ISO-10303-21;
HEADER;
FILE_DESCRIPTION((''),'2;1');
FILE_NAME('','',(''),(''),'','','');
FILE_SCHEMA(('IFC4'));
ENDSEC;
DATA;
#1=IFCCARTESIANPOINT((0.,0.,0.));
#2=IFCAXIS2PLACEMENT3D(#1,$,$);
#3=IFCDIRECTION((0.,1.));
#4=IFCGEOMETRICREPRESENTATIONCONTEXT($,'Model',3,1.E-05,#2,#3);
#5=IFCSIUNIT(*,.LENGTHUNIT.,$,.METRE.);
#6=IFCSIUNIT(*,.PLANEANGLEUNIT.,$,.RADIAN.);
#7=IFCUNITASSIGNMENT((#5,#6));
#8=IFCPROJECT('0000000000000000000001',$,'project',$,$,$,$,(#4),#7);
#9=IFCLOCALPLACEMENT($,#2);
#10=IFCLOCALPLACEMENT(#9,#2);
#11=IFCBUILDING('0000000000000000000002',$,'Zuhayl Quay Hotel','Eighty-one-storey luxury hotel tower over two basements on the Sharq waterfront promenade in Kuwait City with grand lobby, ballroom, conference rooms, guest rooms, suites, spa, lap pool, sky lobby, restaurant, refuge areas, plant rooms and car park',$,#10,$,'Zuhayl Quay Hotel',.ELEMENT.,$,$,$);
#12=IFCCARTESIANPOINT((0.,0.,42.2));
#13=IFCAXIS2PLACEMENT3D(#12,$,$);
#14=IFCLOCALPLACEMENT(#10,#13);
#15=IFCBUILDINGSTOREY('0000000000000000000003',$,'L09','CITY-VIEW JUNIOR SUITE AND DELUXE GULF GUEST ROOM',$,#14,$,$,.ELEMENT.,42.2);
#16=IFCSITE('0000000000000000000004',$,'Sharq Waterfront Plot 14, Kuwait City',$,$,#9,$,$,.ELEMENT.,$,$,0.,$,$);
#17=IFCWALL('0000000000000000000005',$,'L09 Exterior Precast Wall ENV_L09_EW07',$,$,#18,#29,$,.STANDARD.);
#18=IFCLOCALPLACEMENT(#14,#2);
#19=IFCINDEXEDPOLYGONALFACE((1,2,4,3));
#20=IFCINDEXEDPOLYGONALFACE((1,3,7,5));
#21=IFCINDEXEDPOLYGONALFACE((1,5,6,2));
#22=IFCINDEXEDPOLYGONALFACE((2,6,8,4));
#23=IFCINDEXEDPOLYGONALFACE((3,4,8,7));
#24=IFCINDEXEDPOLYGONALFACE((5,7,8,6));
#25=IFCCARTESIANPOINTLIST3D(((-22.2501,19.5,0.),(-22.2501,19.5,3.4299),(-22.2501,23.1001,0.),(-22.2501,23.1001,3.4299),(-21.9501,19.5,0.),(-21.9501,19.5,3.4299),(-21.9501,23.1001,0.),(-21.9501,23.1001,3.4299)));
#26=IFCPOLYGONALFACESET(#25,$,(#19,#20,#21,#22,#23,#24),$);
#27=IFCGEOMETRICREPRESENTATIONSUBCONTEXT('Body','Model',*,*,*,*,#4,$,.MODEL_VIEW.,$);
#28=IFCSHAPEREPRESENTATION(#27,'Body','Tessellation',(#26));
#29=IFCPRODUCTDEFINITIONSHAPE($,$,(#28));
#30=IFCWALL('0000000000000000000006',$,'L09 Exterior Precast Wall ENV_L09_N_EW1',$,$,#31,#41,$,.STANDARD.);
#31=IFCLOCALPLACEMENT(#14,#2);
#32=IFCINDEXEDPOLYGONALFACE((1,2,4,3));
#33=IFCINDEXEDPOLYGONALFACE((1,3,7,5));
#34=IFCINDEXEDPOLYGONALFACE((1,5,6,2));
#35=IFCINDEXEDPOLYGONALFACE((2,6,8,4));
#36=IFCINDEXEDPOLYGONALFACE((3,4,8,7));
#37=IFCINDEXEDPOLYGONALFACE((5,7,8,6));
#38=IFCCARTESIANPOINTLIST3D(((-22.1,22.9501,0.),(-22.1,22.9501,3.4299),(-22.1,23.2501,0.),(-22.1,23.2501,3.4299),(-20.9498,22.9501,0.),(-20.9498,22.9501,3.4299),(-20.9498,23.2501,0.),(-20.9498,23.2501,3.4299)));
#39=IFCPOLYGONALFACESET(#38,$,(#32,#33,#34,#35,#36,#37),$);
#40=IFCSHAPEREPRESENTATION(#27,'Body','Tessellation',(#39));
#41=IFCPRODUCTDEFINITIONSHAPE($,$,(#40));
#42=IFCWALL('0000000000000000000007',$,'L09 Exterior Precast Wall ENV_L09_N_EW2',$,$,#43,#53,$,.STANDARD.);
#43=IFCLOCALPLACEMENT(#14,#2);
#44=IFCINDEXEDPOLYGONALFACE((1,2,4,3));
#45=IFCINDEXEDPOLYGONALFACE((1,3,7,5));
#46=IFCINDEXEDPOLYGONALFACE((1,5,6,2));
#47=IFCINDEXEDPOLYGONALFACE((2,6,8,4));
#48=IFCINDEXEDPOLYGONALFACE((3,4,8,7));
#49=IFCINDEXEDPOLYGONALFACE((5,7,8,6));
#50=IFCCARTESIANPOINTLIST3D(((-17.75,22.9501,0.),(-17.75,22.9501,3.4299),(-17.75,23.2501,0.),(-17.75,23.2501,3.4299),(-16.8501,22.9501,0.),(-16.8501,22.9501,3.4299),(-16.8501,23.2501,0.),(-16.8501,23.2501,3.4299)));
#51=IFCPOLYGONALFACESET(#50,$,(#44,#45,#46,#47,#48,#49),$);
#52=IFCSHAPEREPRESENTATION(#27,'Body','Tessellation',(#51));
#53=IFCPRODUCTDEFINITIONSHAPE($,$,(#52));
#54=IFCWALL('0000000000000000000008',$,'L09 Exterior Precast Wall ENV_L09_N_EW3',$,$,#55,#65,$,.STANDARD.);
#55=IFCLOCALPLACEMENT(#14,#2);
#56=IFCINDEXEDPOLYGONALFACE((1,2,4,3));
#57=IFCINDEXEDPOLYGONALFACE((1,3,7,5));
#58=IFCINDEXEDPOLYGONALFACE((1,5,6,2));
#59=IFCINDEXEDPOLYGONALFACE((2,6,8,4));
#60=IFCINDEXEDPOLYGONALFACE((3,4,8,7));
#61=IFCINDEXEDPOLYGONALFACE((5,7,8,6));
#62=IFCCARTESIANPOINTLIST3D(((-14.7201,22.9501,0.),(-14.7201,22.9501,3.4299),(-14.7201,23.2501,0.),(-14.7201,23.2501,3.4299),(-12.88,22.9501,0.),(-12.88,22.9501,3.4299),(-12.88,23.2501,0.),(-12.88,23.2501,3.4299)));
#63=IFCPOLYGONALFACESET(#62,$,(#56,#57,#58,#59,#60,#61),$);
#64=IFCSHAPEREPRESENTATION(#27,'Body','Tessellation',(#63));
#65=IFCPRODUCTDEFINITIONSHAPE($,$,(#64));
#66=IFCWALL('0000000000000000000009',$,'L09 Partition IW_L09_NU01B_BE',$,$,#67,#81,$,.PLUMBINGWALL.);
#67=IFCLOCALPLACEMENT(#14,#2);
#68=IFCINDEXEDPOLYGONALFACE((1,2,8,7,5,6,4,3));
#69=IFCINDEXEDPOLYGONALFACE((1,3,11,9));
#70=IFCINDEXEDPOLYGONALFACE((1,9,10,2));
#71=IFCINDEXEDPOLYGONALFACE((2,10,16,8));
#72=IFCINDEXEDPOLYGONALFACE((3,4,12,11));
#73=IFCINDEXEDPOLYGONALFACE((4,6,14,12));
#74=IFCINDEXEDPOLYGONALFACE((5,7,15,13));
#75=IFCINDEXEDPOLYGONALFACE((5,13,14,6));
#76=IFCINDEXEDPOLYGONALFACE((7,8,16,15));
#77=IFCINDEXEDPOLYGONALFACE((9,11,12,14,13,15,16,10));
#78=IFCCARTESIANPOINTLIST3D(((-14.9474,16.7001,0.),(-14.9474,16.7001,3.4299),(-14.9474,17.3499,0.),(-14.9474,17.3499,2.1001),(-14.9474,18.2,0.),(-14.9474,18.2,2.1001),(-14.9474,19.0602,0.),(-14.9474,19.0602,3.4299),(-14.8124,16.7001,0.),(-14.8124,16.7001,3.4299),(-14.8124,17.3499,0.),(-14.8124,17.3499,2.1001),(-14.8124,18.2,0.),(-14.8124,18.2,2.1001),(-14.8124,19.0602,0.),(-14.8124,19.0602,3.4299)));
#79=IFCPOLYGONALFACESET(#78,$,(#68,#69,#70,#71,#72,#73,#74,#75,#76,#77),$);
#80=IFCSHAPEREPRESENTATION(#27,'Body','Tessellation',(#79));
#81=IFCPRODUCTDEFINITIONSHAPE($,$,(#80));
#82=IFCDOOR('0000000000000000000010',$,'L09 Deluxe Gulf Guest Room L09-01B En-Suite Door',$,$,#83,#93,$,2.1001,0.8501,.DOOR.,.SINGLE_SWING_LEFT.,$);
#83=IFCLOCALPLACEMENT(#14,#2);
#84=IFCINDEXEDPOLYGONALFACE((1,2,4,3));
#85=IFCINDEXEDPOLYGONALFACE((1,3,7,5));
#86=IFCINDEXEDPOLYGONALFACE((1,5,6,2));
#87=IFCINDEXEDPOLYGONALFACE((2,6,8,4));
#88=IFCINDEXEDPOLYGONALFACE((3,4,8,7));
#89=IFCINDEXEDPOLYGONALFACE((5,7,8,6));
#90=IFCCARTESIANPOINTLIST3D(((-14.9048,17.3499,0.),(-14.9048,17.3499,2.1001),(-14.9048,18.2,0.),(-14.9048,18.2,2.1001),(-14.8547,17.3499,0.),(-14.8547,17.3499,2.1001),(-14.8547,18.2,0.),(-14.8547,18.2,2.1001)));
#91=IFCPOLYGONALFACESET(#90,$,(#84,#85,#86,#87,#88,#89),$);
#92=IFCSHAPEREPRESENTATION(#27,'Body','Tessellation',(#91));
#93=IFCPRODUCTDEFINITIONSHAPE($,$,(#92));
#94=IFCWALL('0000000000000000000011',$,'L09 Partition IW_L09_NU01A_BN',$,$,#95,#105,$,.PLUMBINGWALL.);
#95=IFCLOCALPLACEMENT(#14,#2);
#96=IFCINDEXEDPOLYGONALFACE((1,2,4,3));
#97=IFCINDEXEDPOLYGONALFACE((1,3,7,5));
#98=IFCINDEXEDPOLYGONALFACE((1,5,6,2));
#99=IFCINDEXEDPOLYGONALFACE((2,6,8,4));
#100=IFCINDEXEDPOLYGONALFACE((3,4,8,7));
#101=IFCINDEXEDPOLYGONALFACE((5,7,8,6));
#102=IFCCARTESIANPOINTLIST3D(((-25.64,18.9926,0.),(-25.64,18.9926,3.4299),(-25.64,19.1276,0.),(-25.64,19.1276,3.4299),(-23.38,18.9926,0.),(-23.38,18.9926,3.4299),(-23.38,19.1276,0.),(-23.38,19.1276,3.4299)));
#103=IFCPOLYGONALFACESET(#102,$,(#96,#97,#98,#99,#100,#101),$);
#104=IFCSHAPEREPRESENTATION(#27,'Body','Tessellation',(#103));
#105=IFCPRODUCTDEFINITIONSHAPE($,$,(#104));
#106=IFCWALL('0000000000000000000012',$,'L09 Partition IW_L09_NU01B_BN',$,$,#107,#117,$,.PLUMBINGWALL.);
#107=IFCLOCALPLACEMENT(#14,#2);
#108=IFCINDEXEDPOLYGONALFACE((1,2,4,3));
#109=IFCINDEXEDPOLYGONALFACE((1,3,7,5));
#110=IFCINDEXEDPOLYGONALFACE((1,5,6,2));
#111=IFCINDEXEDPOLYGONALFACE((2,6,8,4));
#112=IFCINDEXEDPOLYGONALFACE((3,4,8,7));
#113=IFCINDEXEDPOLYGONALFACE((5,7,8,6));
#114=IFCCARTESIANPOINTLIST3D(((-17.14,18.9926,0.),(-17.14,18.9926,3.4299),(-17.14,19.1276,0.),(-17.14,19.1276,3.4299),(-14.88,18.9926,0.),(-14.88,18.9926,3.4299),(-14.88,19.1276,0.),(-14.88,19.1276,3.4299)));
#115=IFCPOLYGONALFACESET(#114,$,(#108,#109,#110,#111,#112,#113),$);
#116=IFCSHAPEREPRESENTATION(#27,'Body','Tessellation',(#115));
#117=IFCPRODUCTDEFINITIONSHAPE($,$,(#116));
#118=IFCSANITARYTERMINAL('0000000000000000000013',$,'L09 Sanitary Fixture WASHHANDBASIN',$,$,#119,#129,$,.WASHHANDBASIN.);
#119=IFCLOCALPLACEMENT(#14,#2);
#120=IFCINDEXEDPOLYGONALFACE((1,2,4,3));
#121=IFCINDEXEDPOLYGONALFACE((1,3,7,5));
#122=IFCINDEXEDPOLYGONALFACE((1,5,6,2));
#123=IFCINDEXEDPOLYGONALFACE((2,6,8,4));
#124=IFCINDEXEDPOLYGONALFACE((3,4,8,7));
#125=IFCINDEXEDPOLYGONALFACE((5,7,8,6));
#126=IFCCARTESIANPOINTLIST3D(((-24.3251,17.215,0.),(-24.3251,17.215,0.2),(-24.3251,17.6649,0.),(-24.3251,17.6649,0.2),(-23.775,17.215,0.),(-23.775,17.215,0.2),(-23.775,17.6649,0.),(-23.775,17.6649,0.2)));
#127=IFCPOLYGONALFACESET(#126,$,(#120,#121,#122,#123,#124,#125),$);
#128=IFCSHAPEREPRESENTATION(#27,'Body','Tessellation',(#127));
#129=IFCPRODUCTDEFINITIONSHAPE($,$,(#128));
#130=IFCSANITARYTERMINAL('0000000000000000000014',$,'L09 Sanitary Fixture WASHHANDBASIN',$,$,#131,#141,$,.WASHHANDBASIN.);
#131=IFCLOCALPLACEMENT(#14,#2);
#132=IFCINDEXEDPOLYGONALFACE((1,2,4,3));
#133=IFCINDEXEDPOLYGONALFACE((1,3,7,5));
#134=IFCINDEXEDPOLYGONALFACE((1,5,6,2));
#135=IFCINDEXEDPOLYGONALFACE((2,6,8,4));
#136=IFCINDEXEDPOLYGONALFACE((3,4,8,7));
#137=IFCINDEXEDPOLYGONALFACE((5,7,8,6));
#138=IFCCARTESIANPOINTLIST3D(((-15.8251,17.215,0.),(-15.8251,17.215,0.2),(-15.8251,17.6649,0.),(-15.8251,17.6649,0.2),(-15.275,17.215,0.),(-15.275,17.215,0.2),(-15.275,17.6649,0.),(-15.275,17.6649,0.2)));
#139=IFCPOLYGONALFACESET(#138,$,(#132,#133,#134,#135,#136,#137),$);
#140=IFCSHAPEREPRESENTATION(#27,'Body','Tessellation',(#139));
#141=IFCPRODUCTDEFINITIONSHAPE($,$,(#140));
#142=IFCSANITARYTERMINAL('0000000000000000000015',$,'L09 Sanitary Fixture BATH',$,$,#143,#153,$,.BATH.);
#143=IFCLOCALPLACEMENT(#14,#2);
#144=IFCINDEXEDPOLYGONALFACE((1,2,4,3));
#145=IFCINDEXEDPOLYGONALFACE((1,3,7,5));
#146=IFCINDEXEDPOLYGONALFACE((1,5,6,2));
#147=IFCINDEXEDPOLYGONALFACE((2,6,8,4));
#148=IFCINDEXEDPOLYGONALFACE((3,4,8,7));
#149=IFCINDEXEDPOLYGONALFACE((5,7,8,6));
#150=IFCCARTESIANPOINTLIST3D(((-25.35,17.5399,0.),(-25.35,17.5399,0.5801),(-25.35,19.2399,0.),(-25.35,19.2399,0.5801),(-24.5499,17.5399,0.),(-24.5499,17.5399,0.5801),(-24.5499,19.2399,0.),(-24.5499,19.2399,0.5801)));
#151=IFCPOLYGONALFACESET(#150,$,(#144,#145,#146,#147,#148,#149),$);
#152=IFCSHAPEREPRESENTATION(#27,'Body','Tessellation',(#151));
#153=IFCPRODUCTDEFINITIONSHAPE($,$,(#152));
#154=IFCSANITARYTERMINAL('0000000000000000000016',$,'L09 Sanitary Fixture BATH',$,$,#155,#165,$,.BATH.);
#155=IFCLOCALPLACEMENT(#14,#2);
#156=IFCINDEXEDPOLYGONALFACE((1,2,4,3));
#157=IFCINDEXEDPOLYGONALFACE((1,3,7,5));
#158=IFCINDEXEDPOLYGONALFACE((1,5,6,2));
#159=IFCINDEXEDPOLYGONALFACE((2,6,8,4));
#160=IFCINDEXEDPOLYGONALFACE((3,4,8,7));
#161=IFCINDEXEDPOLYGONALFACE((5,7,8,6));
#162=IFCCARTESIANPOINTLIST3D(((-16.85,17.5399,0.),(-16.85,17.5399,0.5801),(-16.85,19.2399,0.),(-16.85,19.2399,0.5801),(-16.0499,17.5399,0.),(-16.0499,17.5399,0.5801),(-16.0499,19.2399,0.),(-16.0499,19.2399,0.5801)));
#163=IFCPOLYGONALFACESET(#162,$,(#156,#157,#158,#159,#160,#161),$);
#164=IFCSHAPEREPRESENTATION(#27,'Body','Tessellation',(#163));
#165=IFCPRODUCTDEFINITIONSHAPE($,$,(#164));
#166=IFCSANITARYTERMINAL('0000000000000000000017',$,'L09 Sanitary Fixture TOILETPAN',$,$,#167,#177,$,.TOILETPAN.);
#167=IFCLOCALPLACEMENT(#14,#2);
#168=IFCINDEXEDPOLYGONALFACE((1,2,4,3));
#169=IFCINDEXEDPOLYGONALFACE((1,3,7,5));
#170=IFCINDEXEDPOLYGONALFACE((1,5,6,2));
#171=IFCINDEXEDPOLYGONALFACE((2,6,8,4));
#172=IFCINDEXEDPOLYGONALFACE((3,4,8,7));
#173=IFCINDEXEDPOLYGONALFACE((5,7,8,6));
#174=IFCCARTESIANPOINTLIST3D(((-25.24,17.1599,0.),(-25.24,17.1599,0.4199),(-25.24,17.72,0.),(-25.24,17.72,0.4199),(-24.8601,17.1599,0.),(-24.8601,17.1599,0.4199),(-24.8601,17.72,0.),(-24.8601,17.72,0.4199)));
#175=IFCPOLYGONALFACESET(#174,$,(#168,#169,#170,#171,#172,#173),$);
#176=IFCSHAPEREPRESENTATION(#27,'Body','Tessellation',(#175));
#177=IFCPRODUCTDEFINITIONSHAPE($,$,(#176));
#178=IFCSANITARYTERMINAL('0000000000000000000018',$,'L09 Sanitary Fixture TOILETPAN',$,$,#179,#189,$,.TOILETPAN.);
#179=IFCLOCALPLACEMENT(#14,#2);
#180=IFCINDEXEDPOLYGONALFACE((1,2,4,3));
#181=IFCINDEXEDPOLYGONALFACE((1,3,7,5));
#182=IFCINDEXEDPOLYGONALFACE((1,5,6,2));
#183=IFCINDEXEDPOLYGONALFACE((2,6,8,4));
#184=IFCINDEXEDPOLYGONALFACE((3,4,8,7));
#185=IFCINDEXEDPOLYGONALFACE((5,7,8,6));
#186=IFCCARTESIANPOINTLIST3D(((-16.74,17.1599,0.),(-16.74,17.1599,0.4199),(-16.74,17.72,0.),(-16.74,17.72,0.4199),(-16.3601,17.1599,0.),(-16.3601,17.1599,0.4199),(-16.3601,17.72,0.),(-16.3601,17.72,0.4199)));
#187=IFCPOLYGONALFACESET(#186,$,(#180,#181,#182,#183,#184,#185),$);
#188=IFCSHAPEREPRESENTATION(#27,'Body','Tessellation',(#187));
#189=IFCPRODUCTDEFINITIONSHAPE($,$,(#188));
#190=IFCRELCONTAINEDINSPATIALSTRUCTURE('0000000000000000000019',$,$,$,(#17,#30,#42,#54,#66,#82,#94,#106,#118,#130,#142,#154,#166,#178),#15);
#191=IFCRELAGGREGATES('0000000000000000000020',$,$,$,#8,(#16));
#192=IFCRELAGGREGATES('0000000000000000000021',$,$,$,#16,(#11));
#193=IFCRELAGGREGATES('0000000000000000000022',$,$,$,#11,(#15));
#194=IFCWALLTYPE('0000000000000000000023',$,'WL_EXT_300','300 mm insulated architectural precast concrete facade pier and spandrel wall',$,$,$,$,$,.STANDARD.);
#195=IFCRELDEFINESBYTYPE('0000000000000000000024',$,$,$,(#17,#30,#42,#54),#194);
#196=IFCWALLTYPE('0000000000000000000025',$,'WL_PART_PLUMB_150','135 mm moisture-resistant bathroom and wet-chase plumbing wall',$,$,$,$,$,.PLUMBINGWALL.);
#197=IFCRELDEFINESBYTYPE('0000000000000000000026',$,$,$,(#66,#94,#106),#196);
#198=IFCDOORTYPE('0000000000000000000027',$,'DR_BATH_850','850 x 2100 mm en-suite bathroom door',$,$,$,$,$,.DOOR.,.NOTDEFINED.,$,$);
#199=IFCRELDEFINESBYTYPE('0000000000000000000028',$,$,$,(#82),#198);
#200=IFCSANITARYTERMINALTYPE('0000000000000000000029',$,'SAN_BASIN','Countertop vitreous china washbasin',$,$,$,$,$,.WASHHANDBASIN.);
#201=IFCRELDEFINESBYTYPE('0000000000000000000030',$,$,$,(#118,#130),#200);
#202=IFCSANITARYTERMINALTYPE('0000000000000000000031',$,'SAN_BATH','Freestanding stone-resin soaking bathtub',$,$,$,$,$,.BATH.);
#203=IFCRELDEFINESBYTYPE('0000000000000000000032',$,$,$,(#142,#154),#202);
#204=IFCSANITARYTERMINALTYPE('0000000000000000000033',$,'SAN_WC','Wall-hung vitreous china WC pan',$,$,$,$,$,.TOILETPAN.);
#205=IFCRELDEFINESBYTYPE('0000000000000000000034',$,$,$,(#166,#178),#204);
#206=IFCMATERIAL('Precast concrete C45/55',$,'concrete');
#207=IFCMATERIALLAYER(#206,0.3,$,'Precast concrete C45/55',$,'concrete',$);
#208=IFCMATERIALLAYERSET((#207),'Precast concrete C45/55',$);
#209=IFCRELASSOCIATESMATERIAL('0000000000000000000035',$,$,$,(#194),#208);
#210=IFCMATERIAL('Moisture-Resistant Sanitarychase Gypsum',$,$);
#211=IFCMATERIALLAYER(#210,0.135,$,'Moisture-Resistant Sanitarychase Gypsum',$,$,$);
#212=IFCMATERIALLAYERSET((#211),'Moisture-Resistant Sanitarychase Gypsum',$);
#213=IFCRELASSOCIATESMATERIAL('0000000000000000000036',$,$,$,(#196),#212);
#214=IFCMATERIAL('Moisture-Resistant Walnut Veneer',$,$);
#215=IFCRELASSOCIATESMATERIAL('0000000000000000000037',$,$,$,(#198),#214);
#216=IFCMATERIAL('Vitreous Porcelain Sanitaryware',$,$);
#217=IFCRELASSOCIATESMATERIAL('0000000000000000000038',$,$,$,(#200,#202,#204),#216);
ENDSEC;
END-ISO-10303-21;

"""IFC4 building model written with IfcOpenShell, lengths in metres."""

from ifc_helpers import new_model, si_unit, direction, frame, frame_2d, origin, origin_2d, place, context, subcontext, project, spatial, rectangle, extrude, material, layer, layer_set, type_object, element, fill, save


model = new_model("IFC4")

# Units and contexts
model_context = context("Model", 3, precision=1e-05, world=origin(), true_north=direction((0.0, 1.0)))
body_context = subcontext(model_context, "Body", "Model", "MODEL_VIEW")
ifc_project = project(units=[si_unit("LENGTHUNIT", "METRE"), si_unit("PLANEANGLEUNIT", "RADIAN")], contexts=[model_context])

# Site, building, storey
site_placement = place(None, origin())
site = spatial("IfcSite", under=ifc_project, at=site_placement, Name="Sharq Waterfront Plot 14, Kuwait City", CompositionType="ELEMENT", RefElevation=0.0)
building_placement = place(site_placement, origin())
building = spatial("IfcBuilding", under=site, at=building_placement, Name="Zuhayl Quay Hotel", Description="Eighty-one-storey luxury hotel tower over two basements on the Sharq waterfront promenade in Kuwait City with grand lobby, ballroom, conference rooms, guest rooms, suites, spa, lap pool, sky lobby, restaurant, refuge areas, plant rooms and car park", LongName="Zuhayl Quay Hotel", CompositionType="ELEMENT")
storey_placement = place(building_placement, frame((0.0, 0.0, 42.2)))
storey = spatial("IfcBuildingStorey", under=building, at=storey_placement, Name="L09", Description="CITY-VIEW JUNIOR SUITE AND DELUXE GULF GUEST ROOM", CompositionType="ELEMENT", Elevation=42.2)

# Walls
ifc_material_1 = material(Name="Precast concrete C45/55", Category="concrete")
ifc_layer_1 = layer(ifc_material_1, 0.3, Name="Precast concrete C45/55", Category="concrete")
ifc_layer_set_1 = layer_set([ifc_layer_1], Name="Precast concrete C45/55")
wall_type_1 = type_object("IfcWallType", Name="WL_EXT_300", Description="300 mm insulated architectural precast concrete facade pier and spandrel wall", PredefinedType="STANDARD", material=ifc_layer_set_1)
wall_1_placement = place(storey_placement, frame((-22.1001, 19.5, 0.0), z_axis=(0.0, 0.0, 1.0), x_axis=(0.0, 1.0, 0.0)))
element("IfcWall", 1, at=wall_1_placement, inside=storey, type_object=wall_type_1, Name="L09 Exterior Precast Wall ENV_L09_EW07", PredefinedType="STANDARD", context=body_context, shape_type="SweptSolid", body=[
    extrude(rectangle(XDim=3.6001, YDim=0.3, at=frame_2d((1.8, 0.0))), origin(), (0.0, 0.0, 1.0), 3.4299),
])
wall_2_placement = place(storey_placement, frame((-22.1001, 23.1001, 0.0), z_axis=(0.0, 0.0, 1.0), x_axis=(1.0, 0.0, 0.0)))
element("IfcWall", 2, at=wall_2_placement, inside=storey, type_object=wall_type_1, Name="L09 Exterior Precast Wall ENV_L09_N_EW1", PredefinedType="STANDARD", context=body_context, shape_type="SweptSolid", body=[
    extrude(rectangle(XDim=1.1501, YDim=0.3, at=frame_2d((0.5752, 0.0))), origin(), (0.0, 0.0, 1.0), 3.4299),
])
wall_3_placement = place(storey_placement, frame((-17.75, 23.1001, 0.0), z_axis=(0.0, 0.0, 1.0), x_axis=(1.0, 0.0, 0.0)))
element("IfcWall", 3, at=wall_3_placement, inside=storey, type_object=wall_type_1, Name="L09 Exterior Precast Wall ENV_L09_N_EW2", PredefinedType="STANDARD", context=body_context, shape_type="SweptSolid", body=[
    extrude(rectangle(XDim=0.8999, YDim=0.3, at=frame_2d((0.45, 0.0))), origin(), (0.0, 0.0, 1.0), 3.4299),
])
wall_4_placement = place(storey_placement, frame((-14.72, 23.1001, 0.0), z_axis=(0.0, 0.0, 1.0), x_axis=(1.0, 0.0, 0.0)))
element("IfcWall", 4, at=wall_4_placement, inside=storey, type_object=wall_type_1, Name="L09 Exterior Precast Wall ENV_L09_N_EW3", PredefinedType="STANDARD", context=body_context, shape_type="SweptSolid", body=[
    extrude(rectangle(XDim=1.8401, YDim=0.3, at=frame_2d((0.9199, 0.0))), origin(), (0.0, 0.0, 1.0), 3.4299),
])

# Wall, opening, door
ifc_material_2 = material(Name="Moisture-Resistant Sanitarychase Gypsum")
ifc_layer_2 = layer(ifc_material_2, 0.135, Name="Moisture-Resistant Sanitarychase Gypsum")
ifc_layer_set_2 = layer_set([ifc_layer_2], Name="Moisture-Resistant Sanitarychase Gypsum")
wall_type_2 = type_object("IfcWallType", Name="WL_PART_PLUMB_150", Description="135 mm moisture-resistant bathroom and wet-chase plumbing wall", PredefinedType="PLUMBINGWALL", material=ifc_layer_set_2)
wall_5_placement = place(storey_placement, frame((-14.8799, 16.7, 0.0), z_axis=(0.0, 0.0, 1.0), x_axis=(0.0, 1.0, 0.0)))
wall_5 = element("IfcWall", 5, at=wall_5_placement, inside=storey, type_object=wall_type_2, Name="L09 Partition IW_L09_NU01B_BE", PredefinedType="PLUMBINGWALL", context=body_context, shape_type="SweptSolid", body=[
    extrude(rectangle(XDim=2.3601, YDim=0.135, at=frame_2d((1.1802, 0.0))), origin(), (0.0, 0.0, 1.0), 3.4299),
])
opening_placement = place(wall_5_placement, frame((0.6499, 0.0, 0.0)))
opening = element("IfcOpeningElement", 6, at=opening_placement, cuts=wall_5, PredefinedType="OPENING", context=body_context, shape_type="SweptSolid", body=[
    extrude(rectangle(XDim=0.8501, YDim=2.1001, at=frame_2d((0.425, 1.05))), frame((0.0, 0.0774, 0.0), z_axis=(0.0, -1.0, 0.0), x_axis=(1.0, 0.0, 0.0)), (0.0, 0.0, 1.0), 0.155),
])
ifc_material_3 = material(Name="Moisture-Resistant Walnut Veneer")
door_type = type_object("IfcDoorType", Name="DR_BATH_850", Description="850 x 2100 mm en-suite bathroom door", OperationType="NOTDEFINED", PredefinedType="DOOR", material=ifc_material_3)
door_placement = place(opening_placement, origin())
door = element("IfcDoor", 7, at=door_placement, inside=storey, type_object=door_type, Name="L09 Deluxe Gulf Guest Room L09-01B En-Suite Door", OperationType="SINGLE_SWING_LEFT", OverallHeight=2.1001, OverallWidth=0.8501, PredefinedType="DOOR", context=body_context, shape_type="SweptSolid", body=[
    extrude(rectangle(XDim=0.8501, YDim=2.1001, at=frame_2d((0.425, 1.05))), frame((0.0, 0.0249, 0.0), z_axis=(0.0, -1.0, 0.0), x_axis=(1.0, 0.0, 0.0)), (0.0, 0.0, 1.0), 0.05),
])
fill(opening, door)

# Walls
for number, where, z_axis, x_axis, name in (
    (8, (-25.6399, 19.0601, 0.0), (0.0, 0.0, 1.0), (1.0, 0.0, 0.0), "L09 Partition IW_L09_NU01A_BN"),
    (9, (-17.1399, 19.0601, 0.0), (0.0, 0.0, 1.0), (1.0, 0.0, 0.0), "L09 Partition IW_L09_NU01B_BN"),
):
    element("IfcWall", number, at=place(storey_placement, frame(where, z_axis=z_axis, x_axis=x_axis)), inside=storey, type_object=wall_type_2, Name=name, PredefinedType="PLUMBINGWALL", context=body_context, shape_type="SweptSolid", body=[
        extrude(rectangle(XDim=2.26, YDim=0.135, at=frame_2d((1.1299, 0.0))), origin(), (0.0, 0.0, 1.0), 3.4299),
    ])

# Sanitary terminals
ifc_material_4 = material(Name="Vitreous Porcelain Sanitaryware")
sanitary_terminal_type_1 = type_object("IfcSanitaryTerminalType", Name="SAN_BASIN", Description="Countertop vitreous china washbasin", PredefinedType="WASHHANDBASIN", material=ifc_material_4)
for number, where, z_axis, x_axis, name in (
    (10, (-24.05, 17.4399, 0.0), (0.0, 0.0, 1.0), (1.0, 0.0, 0.0), "L09 Sanitary Fixture WASHHANDBASIN"),
    (11, (-15.55, 17.4399, 0.0), (0.0, 0.0, 1.0), (1.0, 0.0, 0.0), "L09 Sanitary Fixture WASHHANDBASIN"),
):
    element("IfcSanitaryTerminal", number, at=place(storey_placement, frame(where, z_axis=z_axis, x_axis=x_axis)), inside=storey, type_object=sanitary_terminal_type_1, Name=name, PredefinedType="WASHHANDBASIN", context=body_context, shape_type="SweptSolid", body=[
        extrude(rectangle(XDim=0.55, YDim=0.45, at=origin_2d()), origin(), (0.0, 0.0, 1.0), 0.2),
    ])
sanitary_terminal_type_2 = type_object("IfcSanitaryTerminalType", Name="SAN_BATH", Description="Freestanding stone-resin soaking bathtub", PredefinedType="BATH", material=ifc_material_4)
for number, where, z_axis, x_axis, name in (
    (12, (-24.95, 18.3899, 0.0), (0.0, 0.0, 1.0), (1.0, 0.0, 0.0), "L09 Sanitary Fixture BATH"),
    (13, (-16.45, 18.3899, 0.0), (0.0, 0.0, 1.0), (1.0, 0.0, 0.0), "L09 Sanitary Fixture BATH"),
):
    element("IfcSanitaryTerminal", number, at=place(storey_placement, frame(where, z_axis=z_axis, x_axis=x_axis)), inside=storey, type_object=sanitary_terminal_type_2, Name=name, PredefinedType="BATH", context=body_context, shape_type="SweptSolid", body=[
        extrude(rectangle(XDim=0.8, YDim=1.7, at=origin_2d()), origin(), (0.0, 0.0, 1.0), 0.5801),
    ])
sanitary_terminal_type_3 = type_object("IfcSanitaryTerminalType", Name="SAN_WC", Description="Wall-hung vitreous china WC pan", PredefinedType="TOILETPAN", material=ifc_material_4)
for number, where, z_axis, x_axis, name in (
    (14, (-25.05, 17.4399, 0.0), (0.0, 0.0, 1.0), (1.0, 0.0, 0.0), "L09 Sanitary Fixture TOILETPAN"),
    (15, (-16.55, 17.4399, 0.0), (0.0, 0.0, 1.0), (1.0, 0.0, 0.0), "L09 Sanitary Fixture TOILETPAN"),
):
    element("IfcSanitaryTerminal", number, at=place(storey_placement, frame(where, z_axis=z_axis, x_axis=x_axis)), inside=storey, type_object=sanitary_terminal_type_3, Name=name, PredefinedType="TOILETPAN", context=body_context, shape_type="SweptSolid", body=[
        extrude(rectangle(XDim=0.3799, YDim=0.5601, at=origin_2d()), origin(), (0.0, 0.0, 1.0), 0.4199),
    ])

save(model, "model.ifc")
